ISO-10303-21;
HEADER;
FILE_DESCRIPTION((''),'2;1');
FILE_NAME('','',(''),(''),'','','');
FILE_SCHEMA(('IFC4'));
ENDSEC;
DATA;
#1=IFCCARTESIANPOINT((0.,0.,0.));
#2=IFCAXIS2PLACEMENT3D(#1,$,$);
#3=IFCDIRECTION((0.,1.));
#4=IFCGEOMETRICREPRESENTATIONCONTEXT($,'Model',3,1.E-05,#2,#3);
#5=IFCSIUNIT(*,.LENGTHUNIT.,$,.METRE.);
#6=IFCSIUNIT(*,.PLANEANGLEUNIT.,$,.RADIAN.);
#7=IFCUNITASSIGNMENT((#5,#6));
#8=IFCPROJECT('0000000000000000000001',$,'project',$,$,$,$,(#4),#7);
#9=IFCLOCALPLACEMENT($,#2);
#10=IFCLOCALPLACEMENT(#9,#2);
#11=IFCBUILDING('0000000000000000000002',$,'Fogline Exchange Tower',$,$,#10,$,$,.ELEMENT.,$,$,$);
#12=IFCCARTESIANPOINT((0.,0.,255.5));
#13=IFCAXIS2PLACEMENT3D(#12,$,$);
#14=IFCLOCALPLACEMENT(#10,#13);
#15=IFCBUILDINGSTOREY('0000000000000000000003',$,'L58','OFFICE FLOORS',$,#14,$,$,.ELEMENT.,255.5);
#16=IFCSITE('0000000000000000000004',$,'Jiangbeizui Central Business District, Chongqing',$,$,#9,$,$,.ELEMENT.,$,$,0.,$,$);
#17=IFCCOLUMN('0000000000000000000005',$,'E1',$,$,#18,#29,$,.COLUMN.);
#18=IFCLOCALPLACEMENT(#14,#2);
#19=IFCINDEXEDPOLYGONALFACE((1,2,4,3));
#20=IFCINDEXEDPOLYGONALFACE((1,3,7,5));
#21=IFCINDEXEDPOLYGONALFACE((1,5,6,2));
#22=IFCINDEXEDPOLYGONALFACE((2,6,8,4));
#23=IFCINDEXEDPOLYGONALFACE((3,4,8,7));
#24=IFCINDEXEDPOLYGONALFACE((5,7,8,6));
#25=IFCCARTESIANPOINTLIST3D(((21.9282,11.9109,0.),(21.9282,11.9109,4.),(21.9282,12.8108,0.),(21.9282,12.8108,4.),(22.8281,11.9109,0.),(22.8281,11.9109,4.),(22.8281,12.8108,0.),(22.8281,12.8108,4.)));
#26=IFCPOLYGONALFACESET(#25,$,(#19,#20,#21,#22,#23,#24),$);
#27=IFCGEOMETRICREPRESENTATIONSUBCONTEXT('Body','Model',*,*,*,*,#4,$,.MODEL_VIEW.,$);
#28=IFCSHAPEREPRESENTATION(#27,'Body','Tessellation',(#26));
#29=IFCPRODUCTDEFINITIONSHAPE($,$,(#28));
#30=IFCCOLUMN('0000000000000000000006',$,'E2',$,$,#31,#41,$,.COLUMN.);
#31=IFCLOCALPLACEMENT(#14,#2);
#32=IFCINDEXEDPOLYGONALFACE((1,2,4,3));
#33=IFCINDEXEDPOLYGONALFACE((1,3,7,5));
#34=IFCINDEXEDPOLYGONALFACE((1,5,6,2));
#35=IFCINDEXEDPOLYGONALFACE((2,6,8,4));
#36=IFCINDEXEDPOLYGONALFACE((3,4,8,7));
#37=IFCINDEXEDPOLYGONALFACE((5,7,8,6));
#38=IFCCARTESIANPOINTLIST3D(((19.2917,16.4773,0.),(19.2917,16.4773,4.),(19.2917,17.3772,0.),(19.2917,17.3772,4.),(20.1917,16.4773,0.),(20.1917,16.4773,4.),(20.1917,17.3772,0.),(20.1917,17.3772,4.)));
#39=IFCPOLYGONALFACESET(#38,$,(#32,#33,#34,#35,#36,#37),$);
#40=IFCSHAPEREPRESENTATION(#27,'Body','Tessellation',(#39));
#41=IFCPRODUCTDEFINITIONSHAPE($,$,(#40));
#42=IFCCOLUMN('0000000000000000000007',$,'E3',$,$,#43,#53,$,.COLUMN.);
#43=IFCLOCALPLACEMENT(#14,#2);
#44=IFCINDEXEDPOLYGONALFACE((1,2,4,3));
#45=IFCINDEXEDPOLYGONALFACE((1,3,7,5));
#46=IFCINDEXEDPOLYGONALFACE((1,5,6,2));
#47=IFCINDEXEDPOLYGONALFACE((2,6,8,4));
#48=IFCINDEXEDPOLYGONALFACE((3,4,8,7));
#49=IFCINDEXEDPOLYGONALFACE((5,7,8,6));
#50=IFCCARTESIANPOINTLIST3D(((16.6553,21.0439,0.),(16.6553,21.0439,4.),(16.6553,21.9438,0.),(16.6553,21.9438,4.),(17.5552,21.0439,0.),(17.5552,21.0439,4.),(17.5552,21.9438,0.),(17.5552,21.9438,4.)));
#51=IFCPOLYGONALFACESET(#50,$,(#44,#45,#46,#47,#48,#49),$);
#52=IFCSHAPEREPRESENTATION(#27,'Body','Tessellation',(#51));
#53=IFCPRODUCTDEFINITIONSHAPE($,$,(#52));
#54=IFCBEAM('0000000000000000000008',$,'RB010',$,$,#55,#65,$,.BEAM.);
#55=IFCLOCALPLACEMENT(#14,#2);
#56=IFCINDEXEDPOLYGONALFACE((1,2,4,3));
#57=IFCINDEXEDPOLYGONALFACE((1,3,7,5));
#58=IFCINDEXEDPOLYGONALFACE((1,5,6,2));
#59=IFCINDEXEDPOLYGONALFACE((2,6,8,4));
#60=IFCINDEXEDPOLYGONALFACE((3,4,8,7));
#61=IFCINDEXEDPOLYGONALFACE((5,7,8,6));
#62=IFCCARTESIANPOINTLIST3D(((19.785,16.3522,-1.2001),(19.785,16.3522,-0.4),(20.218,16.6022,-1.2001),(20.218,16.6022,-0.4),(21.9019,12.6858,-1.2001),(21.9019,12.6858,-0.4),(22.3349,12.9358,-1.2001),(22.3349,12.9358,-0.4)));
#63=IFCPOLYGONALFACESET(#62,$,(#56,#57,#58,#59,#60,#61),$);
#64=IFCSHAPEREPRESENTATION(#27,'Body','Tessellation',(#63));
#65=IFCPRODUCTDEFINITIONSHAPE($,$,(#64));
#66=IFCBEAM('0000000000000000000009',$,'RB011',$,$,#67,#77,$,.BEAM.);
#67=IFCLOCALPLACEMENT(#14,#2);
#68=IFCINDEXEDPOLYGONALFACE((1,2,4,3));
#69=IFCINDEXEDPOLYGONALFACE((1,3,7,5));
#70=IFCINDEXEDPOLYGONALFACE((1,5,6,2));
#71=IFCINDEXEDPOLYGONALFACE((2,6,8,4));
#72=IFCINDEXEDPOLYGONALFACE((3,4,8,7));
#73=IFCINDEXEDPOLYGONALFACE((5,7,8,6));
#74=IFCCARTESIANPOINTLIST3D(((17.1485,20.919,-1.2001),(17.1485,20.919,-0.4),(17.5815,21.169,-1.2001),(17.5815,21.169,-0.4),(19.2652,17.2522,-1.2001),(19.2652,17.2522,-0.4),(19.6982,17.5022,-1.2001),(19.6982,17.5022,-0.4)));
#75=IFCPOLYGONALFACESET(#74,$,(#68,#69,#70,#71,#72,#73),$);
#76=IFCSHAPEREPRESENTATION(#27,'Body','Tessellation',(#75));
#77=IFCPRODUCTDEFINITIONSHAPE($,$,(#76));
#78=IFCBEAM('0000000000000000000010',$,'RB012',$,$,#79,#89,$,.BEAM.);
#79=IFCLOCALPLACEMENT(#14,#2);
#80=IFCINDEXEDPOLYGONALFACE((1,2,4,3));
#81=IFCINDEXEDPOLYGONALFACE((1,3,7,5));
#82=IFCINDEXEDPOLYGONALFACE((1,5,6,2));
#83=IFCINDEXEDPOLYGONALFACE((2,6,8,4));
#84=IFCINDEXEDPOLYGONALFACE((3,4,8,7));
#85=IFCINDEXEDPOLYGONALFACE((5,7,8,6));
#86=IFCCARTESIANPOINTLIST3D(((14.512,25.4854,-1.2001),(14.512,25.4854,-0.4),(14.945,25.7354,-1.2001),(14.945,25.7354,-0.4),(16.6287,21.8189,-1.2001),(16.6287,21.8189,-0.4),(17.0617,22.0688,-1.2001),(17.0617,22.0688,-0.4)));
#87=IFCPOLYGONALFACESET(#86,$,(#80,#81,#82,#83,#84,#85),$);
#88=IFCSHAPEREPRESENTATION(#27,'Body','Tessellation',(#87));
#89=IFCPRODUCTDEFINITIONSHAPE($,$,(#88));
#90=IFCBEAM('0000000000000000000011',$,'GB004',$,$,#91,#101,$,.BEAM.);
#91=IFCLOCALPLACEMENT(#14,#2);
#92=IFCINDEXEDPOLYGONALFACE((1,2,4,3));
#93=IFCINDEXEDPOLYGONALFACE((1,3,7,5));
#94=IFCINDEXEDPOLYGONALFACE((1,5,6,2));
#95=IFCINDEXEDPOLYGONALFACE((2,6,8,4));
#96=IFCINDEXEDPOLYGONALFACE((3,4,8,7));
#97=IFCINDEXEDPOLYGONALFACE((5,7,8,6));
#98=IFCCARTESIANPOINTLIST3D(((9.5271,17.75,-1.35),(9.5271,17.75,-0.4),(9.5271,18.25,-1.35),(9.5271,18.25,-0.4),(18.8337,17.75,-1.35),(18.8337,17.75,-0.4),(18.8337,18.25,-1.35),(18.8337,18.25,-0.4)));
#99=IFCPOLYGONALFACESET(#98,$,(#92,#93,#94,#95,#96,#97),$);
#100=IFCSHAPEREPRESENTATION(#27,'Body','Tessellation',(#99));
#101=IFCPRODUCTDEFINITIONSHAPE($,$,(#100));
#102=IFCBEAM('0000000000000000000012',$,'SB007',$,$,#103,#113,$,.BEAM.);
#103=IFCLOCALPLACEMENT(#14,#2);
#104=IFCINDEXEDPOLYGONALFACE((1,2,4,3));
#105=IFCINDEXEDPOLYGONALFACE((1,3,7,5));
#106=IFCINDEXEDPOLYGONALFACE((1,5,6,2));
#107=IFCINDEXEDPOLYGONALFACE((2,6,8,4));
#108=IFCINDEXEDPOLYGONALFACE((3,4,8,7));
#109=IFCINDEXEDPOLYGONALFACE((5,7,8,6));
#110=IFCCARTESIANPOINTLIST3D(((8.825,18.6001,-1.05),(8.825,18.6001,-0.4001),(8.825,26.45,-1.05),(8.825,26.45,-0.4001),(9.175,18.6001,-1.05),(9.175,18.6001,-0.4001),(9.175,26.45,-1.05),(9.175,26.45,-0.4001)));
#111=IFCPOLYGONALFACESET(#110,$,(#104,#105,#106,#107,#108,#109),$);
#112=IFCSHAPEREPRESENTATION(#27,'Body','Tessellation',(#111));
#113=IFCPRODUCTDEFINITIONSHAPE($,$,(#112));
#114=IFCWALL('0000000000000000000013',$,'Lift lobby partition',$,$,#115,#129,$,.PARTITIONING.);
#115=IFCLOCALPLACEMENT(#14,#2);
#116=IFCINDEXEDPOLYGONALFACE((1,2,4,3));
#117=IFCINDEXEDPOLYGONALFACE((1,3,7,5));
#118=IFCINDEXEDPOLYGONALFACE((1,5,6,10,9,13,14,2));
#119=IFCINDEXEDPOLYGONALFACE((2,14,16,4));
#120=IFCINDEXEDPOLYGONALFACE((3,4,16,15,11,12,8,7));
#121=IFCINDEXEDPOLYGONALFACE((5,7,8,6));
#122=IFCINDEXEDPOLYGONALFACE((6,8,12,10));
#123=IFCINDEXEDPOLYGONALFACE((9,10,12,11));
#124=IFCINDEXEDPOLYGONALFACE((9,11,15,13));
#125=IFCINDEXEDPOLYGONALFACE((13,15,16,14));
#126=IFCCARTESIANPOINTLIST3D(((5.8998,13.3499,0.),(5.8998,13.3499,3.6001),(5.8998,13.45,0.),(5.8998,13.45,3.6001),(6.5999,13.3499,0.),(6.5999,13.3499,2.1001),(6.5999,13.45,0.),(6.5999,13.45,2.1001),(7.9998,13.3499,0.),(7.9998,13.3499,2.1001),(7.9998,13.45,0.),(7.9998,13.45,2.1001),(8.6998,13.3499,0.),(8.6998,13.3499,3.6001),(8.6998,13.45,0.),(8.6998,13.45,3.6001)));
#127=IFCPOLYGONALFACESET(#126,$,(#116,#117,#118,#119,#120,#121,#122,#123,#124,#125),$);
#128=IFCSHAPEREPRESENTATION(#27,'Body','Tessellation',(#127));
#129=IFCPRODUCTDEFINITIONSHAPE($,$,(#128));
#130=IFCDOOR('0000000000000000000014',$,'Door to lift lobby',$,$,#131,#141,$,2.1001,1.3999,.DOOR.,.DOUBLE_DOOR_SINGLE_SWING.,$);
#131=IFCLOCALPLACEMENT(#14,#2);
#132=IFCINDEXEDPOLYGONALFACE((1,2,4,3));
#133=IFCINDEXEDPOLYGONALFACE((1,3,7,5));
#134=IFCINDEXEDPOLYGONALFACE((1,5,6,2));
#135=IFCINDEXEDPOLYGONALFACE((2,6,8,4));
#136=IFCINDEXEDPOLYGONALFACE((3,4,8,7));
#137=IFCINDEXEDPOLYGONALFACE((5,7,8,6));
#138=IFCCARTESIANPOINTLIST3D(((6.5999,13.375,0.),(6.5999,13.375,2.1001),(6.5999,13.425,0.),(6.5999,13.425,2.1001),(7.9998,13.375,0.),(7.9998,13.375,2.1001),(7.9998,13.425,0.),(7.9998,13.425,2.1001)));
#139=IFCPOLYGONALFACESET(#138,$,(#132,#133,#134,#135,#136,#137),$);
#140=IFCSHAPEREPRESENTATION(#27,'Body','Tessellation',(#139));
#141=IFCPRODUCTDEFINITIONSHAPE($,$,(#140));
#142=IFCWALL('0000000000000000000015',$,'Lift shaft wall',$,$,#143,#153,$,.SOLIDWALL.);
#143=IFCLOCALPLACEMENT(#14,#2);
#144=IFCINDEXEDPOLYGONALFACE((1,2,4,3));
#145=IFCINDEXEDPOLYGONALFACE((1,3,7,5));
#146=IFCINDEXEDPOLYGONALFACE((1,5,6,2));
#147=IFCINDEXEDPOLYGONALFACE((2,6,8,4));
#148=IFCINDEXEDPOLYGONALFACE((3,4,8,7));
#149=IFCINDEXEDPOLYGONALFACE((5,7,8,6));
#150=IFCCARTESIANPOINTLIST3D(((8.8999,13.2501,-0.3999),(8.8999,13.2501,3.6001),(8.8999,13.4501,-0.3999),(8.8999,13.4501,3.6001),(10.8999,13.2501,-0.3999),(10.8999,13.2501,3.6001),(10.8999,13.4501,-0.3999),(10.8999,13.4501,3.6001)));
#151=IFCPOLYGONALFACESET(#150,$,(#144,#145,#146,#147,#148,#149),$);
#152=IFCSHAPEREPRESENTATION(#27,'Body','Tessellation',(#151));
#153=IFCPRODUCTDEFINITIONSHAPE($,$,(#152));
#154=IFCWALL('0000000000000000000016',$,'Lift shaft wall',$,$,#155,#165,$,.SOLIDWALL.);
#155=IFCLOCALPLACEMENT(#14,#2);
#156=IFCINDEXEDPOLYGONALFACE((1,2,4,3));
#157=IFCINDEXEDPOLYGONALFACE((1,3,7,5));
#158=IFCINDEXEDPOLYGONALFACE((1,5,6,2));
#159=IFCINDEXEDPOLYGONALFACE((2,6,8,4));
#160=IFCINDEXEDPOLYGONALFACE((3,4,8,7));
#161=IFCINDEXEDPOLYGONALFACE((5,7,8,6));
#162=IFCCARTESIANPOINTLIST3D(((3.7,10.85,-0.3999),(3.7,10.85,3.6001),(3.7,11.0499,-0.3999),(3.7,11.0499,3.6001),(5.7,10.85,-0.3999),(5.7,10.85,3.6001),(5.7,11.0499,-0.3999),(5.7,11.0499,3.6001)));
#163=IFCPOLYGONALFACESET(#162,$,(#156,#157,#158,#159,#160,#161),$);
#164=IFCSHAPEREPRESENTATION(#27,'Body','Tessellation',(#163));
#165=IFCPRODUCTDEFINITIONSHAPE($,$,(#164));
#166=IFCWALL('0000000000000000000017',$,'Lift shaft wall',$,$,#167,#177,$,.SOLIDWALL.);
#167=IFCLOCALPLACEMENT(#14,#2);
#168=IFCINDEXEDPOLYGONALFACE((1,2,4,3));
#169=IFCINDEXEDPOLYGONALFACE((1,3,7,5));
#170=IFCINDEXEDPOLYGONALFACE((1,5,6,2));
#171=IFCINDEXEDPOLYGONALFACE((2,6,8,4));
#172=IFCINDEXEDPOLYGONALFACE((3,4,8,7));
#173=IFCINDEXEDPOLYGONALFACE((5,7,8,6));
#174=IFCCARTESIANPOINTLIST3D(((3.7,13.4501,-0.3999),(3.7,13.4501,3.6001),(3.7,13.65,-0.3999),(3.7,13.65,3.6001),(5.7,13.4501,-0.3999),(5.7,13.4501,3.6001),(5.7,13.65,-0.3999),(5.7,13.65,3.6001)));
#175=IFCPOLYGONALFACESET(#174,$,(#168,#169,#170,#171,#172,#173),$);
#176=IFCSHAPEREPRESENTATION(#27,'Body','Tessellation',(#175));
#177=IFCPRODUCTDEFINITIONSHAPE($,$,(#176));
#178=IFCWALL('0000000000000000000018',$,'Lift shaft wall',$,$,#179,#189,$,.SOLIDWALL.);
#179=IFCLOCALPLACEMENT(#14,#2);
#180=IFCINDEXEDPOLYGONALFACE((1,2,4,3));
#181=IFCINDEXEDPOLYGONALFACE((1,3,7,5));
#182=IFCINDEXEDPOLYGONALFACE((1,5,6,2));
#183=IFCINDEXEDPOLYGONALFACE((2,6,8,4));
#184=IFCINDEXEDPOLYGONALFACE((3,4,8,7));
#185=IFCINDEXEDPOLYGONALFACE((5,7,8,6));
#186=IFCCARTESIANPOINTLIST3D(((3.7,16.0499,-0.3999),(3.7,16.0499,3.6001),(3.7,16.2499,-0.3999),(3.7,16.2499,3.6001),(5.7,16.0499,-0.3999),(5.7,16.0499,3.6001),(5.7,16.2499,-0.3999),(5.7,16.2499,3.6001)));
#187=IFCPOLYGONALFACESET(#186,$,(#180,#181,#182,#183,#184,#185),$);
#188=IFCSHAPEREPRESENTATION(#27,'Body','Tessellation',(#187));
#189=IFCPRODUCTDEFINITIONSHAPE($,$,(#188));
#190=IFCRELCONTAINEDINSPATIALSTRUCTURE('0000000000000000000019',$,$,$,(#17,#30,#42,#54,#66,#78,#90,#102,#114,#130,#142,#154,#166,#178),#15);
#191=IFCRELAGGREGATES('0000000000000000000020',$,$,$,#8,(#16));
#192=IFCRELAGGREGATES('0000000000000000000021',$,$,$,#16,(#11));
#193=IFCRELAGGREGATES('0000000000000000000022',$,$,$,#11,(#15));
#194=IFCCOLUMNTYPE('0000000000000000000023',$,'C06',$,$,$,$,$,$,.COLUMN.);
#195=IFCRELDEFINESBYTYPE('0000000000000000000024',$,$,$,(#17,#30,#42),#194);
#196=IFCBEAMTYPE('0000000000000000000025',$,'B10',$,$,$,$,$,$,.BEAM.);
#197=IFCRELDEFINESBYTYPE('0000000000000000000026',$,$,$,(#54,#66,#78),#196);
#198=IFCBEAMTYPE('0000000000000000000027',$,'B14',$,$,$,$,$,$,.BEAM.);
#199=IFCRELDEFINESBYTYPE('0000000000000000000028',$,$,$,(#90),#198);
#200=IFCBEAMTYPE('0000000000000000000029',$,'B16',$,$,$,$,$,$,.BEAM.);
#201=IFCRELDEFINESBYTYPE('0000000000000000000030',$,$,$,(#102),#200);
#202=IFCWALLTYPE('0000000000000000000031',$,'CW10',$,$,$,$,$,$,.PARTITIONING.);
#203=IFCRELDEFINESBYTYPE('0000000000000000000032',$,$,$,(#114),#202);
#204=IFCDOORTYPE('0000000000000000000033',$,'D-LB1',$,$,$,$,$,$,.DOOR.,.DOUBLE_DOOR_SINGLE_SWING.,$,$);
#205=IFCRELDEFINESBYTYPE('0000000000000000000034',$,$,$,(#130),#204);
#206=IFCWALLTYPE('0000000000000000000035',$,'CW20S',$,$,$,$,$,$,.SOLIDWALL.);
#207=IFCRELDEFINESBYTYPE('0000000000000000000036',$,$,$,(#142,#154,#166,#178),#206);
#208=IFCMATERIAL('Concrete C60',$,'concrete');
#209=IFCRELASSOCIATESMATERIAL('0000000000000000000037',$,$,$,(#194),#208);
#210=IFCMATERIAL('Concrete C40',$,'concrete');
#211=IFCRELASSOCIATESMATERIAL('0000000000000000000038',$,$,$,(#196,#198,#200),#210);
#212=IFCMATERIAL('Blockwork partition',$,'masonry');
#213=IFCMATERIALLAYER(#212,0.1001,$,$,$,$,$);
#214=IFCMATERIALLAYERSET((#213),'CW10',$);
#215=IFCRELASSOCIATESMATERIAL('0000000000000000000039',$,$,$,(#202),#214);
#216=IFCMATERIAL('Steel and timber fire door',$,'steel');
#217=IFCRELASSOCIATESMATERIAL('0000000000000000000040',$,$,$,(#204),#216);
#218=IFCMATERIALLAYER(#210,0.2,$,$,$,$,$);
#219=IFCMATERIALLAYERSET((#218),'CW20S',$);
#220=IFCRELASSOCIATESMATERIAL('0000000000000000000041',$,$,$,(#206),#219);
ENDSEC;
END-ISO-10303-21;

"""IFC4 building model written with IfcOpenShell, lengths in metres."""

from ifc_helpers import new_model, si_unit, direction, frame, frame_2d, origin, origin_2d, place, context, subcontext, project, spatial, rectangle, extrude, material, layer, layer_set, material_profile, profile_set, type_object, element, fill, save


model = new_model("IFC4")

# Units and contexts
model_context = context("Model", 3, precision=1e-05, world=origin(), true_north=direction((0.0, 1.0)))
body_context = subcontext(model_context, "Body", "Model", "MODEL_VIEW")
ifc_project = project(units=[si_unit("LENGTHUNIT", "METRE"), si_unit("PLANEANGLEUNIT", "RADIAN")], contexts=[model_context])

# Site, building, storey
site_placement = place(None, origin())
site = spatial("IfcSite", under=ifc_project, at=site_placement, Name="Jiangbeizui Central Business District, Chongqing", CompositionType="ELEMENT", RefElevation=0.0)
building_placement = place(site_placement, origin())
building = spatial("IfcBuilding", under=site, at=building_placement, Name="Fogline Exchange Tower", CompositionType="ELEMENT")
storey_placement = place(building_placement, frame((0.0, 0.0, 255.5)))
storey = spatial("IfcBuildingStorey", under=building, at=storey_placement, Name="L58", Description="OFFICE FLOORS", CompositionType="ELEMENT", Elevation=255.5)

# Columns
ifc_material_1 = material(Name="Concrete C60", Category="concrete")
ifc_material_profile_1 = material_profile(ifc_material_1, rectangle(XDim=0.8999, YDim=0.8999, at=origin_2d()), Name="RC 900x900")
ifc_profile_set_1 = profile_set([ifc_material_profile_1], Name="Concrete C60")
column_type = type_object("IfcColumnType", Name="C06", PredefinedType="COLUMN", material=ifc_profile_set_1)
for number, where, z_axis, x_axis, name in (
    (1, (22.3782, 12.3608, 0.0), (0.0, 0.0, 1.0), (1.0, 0.0, 0.0), "E1"),
    (2, (19.7417, 16.9272, 0.0), (0.0, 0.0, 1.0), (1.0, 0.0, 0.0), "E2"),
    (3, (17.1052, 21.4939, 0.0), (0.0, 0.0, 1.0), (1.0, 0.0, 0.0), "E3"),
):
    element("IfcColumn", number, at=place(storey_placement, frame(where, z_axis=z_axis, x_axis=x_axis)), inside=storey, type_object=column_type, Name=name, PredefinedType="COLUMN", context=body_context, shape_type="SweptSolid", body=[
        extrude(rectangle(XDim=0.8999, YDim=0.8999, at=origin_2d()), origin(), (0.0, 0.0, 1.0), 4.0),
    ])

# Beams
ifc_material_2 = material(Name="Concrete C40", Category="concrete")
ifc_material_profile_2 = material_profile(ifc_material_2, rectangle(XDim=0.5, YDim=0.8, at=origin_2d()), Name="RC 500x800")
ifc_profile_set_2 = profile_set([ifc_material_profile_2], Name="Concrete C40")
beam_type_1 = type_object("IfcBeamType", Name="B10", PredefinedType="BEAM", material=ifc_profile_set_2)
beam_1_placement = place(storey_placement, frame((22.1184, 12.8108, -0.8), z_axis=(-0.500015, 0.866017, 0.0), x_axis=(-0.866017, -0.500015, 0.0)))
element("IfcBeam", 4, at=beam_1_placement, inside=storey, type_object=beam_type_1, Name="RB010", PredefinedType="BEAM", context=body_context, shape_type="SweptSolid", body=[
    extrude(rectangle(XDim=0.5, YDim=0.8, at=origin_2d()), origin(), (0.0, 0.0, 1.0), 4.2336),
])
beam_2_placement = place(storey_placement, frame((19.4817, 17.3772, -0.8), z_axis=(-0.499947, 0.866056, 0.0), x_axis=(-0.866056, -0.499947, 0.0)))
element("IfcBeam", 5, at=beam_2_placement, inside=storey, type_object=beam_type_1, Name="RB011", PredefinedType="BEAM", context=body_context, shape_type="SweptSolid", body=[
    extrude(rectangle(XDim=0.5, YDim=0.8, at=origin_2d()), origin(), (0.0, 0.0, 1.0), 4.2339),
])
beam_3_placement = place(storey_placement, frame((16.8452, 21.9438, -0.8), z_axis=(-0.499972, 0.866042, 0.0), x_axis=(-0.866042, -0.499972, 0.0)))
element("IfcBeam", 6, at=beam_3_placement, inside=storey, type_object=beam_type_1, Name="RB012", PredefinedType="BEAM", context=body_context, shape_type="SweptSolid", body=[
    extrude(rectangle(XDim=0.5, YDim=0.8, at=origin_2d()), origin(), (0.0, 0.0, 1.0), 4.2336),
])
ifc_material_profile_3 = material_profile(ifc_material_2, rectangle(XDim=0.5, YDim=0.95, at=origin_2d()), Name="RC 500x950")
ifc_profile_set_3 = profile_set([ifc_material_profile_3], Name="Concrete C40")
beam_type_2 = type_object("IfcBeamType", Name="B14", PredefinedType="BEAM", material=ifc_profile_set_3)
beam_4_placement = place(storey_placement, frame((9.5271, 18.0, -0.875), z_axis=(1.0, 0.0, 0.0), x_axis=(0.0, 1.0, 0.0)))
element("IfcBeam", 7, at=beam_4_placement, inside=storey, type_object=beam_type_2, Name="GB004", PredefinedType="BEAM", context=body_context, shape_type="SweptSolid", body=[
    extrude(rectangle(XDim=0.5, YDim=0.95, at=origin_2d()), origin(), (0.0, 0.0, 1.0), 9.3066),
])
ifc_material_profile_4 = material_profile(ifc_material_2, rectangle(XDim=0.3501, YDim=0.6499, at=origin_2d()), Name="RC 350x650")
ifc_profile_set_4 = profile_set([ifc_material_profile_4], Name="Concrete C40")
beam_type_3 = type_object("IfcBeamType", Name="B16", PredefinedType="BEAM", material=ifc_profile_set_4)
beam_5_placement = place(storey_placement, frame((9.0, 18.6001, -0.7251), z_axis=(0.0, 1.0, 0.0), x_axis=(-1.0, 0.0, 0.0)))
element("IfcBeam", 8, at=beam_5_placement, inside=storey, type_object=beam_type_3, Name="SB007", PredefinedType="BEAM", context=body_context, shape_type="SweptSolid", body=[
    extrude(rectangle(XDim=0.3501, YDim=0.6499, at=origin_2d()), origin(), (0.0, 0.0, 1.0), 7.8499),
])

# Wall, opening, door
ifc_material_3 = material(Name="Blockwork partition", Category="masonry")
ifc_layer_1 = layer(ifc_material_3, 0.1001)
ifc_layer_set_1 = layer_set([ifc_layer_1], Name="CW10")
wall_type_1 = type_object("IfcWallType", Name="CW10", PredefinedType="PARTITIONING", material=ifc_layer_set_1)
wall_1_placement = place(storey_placement, frame((5.8999, 13.3999, 0.0), z_axis=(0.0, 0.0, 1.0), x_axis=(1.0, 0.0, 0.0)))
wall_1 = element("IfcWall", 9, at=wall_1_placement, inside=storey, type_object=wall_type_1, Name="Lift lobby partition", PredefinedType="PARTITIONING", context=body_context, shape_type="SweptSolid", body=[
    extrude(rectangle(XDim=2.8, YDim=0.1001, at=frame_2d((1.3999, 0.0))), origin(), (0.0, 0.0, 1.0), 3.6001),
])
opening_1_placement = place(wall_1_placement, frame((0.7, 0.0, 0.0)))
opening_1 = element("IfcOpeningElement", 10, at=opening_1_placement, cuts=wall_1, PredefinedType="OPENING", context=body_context, shape_type="SweptSolid", body=[
    extrude(rectangle(XDim=1.3999, YDim=2.1001, at=frame_2d((0.7, 1.05))), frame((0.0, 0.0601, 0.0), z_axis=(0.0, -1.0, 0.0), x_axis=(1.0, 0.0, 0.0)), (0.0, 0.0, 1.0), 0.1201),
])
ifc_material_4 = material(Name="Steel and timber fire door", Category="steel")
door_type_1 = type_object("IfcDoorType", Name="D-LB1", OperationType="DOUBLE_DOOR_SINGLE_SWING", PredefinedType="DOOR", material=ifc_material_4)
door_1_placement = place(opening_1_placement, frame((1.3999, 0.0, 0.0), z_axis=(0.0, 0.0, 1.0), x_axis=(-1.0, 0.0, 0.0)))
door_1 = element("IfcDoor", 11, at=door_1_placement, inside=storey, type_object=door_type_1, Name="Door to lift lobby", OperationType="DOUBLE_DOOR_SINGLE_SWING", OverallHeight=2.1001, OverallWidth=1.3999, PredefinedType="DOOR", context=body_context, shape_type="SweptSolid", body=[
    extrude(rectangle(XDim=1.3999, YDim=2.1001, at=frame_2d((0.7, 1.05))), frame((0.0, 0.0249, 0.0), z_axis=(0.0, -1.0, 0.0), x_axis=(1.0, 0.0, 0.0)), (0.0, 0.0, 1.0), 0.05),
])
fill(opening_1, door_1)

# Walls
ifc_layer_2 = layer(ifc_material_2, 0.2)
ifc_layer_set_2 = layer_set([ifc_layer_2], Name="CW20S")
wall_type_2 = type_object("IfcWallType", Name="CW20S", PredefinedType="SOLIDWALL", material=ifc_layer_set_2)
for number, where, z_axis, x_axis, name in (
    (12, (8.8999, 13.3501, -0.3999), (0.0, 0.0, 1.0), (1.0, 0.0, 0.0), "Lift shaft wall"),
    (13, (3.7, 10.95, -0.3999), (0.0, 0.0, 1.0), (1.0, 0.0, 0.0), "Lift shaft wall"),
    (14, (3.7, 13.55, -0.3999), (0.0, 0.0, 1.0), (1.0, 0.0, 0.0), "Lift shaft wall"),
    (15, (3.7, 16.1499, -0.3999), (0.0, 0.0, 1.0), (1.0, 0.0, 0.0), "Lift shaft wall"),
):
    element("IfcWall", number, at=place(storey_placement, frame(where, z_axis=z_axis, x_axis=x_axis)), inside=storey, type_object=wall_type_2, Name=name, PredefinedType="SOLIDWALL", context=body_context, shape_type="SweptSolid", body=[
        extrude(rectangle(XDim=2.0, YDim=0.2, at=frame_2d((1.0, 0.0))), origin(), (0.0, 0.0, 1.0), 4.0),
    ])

save(model, "model.ifc")
